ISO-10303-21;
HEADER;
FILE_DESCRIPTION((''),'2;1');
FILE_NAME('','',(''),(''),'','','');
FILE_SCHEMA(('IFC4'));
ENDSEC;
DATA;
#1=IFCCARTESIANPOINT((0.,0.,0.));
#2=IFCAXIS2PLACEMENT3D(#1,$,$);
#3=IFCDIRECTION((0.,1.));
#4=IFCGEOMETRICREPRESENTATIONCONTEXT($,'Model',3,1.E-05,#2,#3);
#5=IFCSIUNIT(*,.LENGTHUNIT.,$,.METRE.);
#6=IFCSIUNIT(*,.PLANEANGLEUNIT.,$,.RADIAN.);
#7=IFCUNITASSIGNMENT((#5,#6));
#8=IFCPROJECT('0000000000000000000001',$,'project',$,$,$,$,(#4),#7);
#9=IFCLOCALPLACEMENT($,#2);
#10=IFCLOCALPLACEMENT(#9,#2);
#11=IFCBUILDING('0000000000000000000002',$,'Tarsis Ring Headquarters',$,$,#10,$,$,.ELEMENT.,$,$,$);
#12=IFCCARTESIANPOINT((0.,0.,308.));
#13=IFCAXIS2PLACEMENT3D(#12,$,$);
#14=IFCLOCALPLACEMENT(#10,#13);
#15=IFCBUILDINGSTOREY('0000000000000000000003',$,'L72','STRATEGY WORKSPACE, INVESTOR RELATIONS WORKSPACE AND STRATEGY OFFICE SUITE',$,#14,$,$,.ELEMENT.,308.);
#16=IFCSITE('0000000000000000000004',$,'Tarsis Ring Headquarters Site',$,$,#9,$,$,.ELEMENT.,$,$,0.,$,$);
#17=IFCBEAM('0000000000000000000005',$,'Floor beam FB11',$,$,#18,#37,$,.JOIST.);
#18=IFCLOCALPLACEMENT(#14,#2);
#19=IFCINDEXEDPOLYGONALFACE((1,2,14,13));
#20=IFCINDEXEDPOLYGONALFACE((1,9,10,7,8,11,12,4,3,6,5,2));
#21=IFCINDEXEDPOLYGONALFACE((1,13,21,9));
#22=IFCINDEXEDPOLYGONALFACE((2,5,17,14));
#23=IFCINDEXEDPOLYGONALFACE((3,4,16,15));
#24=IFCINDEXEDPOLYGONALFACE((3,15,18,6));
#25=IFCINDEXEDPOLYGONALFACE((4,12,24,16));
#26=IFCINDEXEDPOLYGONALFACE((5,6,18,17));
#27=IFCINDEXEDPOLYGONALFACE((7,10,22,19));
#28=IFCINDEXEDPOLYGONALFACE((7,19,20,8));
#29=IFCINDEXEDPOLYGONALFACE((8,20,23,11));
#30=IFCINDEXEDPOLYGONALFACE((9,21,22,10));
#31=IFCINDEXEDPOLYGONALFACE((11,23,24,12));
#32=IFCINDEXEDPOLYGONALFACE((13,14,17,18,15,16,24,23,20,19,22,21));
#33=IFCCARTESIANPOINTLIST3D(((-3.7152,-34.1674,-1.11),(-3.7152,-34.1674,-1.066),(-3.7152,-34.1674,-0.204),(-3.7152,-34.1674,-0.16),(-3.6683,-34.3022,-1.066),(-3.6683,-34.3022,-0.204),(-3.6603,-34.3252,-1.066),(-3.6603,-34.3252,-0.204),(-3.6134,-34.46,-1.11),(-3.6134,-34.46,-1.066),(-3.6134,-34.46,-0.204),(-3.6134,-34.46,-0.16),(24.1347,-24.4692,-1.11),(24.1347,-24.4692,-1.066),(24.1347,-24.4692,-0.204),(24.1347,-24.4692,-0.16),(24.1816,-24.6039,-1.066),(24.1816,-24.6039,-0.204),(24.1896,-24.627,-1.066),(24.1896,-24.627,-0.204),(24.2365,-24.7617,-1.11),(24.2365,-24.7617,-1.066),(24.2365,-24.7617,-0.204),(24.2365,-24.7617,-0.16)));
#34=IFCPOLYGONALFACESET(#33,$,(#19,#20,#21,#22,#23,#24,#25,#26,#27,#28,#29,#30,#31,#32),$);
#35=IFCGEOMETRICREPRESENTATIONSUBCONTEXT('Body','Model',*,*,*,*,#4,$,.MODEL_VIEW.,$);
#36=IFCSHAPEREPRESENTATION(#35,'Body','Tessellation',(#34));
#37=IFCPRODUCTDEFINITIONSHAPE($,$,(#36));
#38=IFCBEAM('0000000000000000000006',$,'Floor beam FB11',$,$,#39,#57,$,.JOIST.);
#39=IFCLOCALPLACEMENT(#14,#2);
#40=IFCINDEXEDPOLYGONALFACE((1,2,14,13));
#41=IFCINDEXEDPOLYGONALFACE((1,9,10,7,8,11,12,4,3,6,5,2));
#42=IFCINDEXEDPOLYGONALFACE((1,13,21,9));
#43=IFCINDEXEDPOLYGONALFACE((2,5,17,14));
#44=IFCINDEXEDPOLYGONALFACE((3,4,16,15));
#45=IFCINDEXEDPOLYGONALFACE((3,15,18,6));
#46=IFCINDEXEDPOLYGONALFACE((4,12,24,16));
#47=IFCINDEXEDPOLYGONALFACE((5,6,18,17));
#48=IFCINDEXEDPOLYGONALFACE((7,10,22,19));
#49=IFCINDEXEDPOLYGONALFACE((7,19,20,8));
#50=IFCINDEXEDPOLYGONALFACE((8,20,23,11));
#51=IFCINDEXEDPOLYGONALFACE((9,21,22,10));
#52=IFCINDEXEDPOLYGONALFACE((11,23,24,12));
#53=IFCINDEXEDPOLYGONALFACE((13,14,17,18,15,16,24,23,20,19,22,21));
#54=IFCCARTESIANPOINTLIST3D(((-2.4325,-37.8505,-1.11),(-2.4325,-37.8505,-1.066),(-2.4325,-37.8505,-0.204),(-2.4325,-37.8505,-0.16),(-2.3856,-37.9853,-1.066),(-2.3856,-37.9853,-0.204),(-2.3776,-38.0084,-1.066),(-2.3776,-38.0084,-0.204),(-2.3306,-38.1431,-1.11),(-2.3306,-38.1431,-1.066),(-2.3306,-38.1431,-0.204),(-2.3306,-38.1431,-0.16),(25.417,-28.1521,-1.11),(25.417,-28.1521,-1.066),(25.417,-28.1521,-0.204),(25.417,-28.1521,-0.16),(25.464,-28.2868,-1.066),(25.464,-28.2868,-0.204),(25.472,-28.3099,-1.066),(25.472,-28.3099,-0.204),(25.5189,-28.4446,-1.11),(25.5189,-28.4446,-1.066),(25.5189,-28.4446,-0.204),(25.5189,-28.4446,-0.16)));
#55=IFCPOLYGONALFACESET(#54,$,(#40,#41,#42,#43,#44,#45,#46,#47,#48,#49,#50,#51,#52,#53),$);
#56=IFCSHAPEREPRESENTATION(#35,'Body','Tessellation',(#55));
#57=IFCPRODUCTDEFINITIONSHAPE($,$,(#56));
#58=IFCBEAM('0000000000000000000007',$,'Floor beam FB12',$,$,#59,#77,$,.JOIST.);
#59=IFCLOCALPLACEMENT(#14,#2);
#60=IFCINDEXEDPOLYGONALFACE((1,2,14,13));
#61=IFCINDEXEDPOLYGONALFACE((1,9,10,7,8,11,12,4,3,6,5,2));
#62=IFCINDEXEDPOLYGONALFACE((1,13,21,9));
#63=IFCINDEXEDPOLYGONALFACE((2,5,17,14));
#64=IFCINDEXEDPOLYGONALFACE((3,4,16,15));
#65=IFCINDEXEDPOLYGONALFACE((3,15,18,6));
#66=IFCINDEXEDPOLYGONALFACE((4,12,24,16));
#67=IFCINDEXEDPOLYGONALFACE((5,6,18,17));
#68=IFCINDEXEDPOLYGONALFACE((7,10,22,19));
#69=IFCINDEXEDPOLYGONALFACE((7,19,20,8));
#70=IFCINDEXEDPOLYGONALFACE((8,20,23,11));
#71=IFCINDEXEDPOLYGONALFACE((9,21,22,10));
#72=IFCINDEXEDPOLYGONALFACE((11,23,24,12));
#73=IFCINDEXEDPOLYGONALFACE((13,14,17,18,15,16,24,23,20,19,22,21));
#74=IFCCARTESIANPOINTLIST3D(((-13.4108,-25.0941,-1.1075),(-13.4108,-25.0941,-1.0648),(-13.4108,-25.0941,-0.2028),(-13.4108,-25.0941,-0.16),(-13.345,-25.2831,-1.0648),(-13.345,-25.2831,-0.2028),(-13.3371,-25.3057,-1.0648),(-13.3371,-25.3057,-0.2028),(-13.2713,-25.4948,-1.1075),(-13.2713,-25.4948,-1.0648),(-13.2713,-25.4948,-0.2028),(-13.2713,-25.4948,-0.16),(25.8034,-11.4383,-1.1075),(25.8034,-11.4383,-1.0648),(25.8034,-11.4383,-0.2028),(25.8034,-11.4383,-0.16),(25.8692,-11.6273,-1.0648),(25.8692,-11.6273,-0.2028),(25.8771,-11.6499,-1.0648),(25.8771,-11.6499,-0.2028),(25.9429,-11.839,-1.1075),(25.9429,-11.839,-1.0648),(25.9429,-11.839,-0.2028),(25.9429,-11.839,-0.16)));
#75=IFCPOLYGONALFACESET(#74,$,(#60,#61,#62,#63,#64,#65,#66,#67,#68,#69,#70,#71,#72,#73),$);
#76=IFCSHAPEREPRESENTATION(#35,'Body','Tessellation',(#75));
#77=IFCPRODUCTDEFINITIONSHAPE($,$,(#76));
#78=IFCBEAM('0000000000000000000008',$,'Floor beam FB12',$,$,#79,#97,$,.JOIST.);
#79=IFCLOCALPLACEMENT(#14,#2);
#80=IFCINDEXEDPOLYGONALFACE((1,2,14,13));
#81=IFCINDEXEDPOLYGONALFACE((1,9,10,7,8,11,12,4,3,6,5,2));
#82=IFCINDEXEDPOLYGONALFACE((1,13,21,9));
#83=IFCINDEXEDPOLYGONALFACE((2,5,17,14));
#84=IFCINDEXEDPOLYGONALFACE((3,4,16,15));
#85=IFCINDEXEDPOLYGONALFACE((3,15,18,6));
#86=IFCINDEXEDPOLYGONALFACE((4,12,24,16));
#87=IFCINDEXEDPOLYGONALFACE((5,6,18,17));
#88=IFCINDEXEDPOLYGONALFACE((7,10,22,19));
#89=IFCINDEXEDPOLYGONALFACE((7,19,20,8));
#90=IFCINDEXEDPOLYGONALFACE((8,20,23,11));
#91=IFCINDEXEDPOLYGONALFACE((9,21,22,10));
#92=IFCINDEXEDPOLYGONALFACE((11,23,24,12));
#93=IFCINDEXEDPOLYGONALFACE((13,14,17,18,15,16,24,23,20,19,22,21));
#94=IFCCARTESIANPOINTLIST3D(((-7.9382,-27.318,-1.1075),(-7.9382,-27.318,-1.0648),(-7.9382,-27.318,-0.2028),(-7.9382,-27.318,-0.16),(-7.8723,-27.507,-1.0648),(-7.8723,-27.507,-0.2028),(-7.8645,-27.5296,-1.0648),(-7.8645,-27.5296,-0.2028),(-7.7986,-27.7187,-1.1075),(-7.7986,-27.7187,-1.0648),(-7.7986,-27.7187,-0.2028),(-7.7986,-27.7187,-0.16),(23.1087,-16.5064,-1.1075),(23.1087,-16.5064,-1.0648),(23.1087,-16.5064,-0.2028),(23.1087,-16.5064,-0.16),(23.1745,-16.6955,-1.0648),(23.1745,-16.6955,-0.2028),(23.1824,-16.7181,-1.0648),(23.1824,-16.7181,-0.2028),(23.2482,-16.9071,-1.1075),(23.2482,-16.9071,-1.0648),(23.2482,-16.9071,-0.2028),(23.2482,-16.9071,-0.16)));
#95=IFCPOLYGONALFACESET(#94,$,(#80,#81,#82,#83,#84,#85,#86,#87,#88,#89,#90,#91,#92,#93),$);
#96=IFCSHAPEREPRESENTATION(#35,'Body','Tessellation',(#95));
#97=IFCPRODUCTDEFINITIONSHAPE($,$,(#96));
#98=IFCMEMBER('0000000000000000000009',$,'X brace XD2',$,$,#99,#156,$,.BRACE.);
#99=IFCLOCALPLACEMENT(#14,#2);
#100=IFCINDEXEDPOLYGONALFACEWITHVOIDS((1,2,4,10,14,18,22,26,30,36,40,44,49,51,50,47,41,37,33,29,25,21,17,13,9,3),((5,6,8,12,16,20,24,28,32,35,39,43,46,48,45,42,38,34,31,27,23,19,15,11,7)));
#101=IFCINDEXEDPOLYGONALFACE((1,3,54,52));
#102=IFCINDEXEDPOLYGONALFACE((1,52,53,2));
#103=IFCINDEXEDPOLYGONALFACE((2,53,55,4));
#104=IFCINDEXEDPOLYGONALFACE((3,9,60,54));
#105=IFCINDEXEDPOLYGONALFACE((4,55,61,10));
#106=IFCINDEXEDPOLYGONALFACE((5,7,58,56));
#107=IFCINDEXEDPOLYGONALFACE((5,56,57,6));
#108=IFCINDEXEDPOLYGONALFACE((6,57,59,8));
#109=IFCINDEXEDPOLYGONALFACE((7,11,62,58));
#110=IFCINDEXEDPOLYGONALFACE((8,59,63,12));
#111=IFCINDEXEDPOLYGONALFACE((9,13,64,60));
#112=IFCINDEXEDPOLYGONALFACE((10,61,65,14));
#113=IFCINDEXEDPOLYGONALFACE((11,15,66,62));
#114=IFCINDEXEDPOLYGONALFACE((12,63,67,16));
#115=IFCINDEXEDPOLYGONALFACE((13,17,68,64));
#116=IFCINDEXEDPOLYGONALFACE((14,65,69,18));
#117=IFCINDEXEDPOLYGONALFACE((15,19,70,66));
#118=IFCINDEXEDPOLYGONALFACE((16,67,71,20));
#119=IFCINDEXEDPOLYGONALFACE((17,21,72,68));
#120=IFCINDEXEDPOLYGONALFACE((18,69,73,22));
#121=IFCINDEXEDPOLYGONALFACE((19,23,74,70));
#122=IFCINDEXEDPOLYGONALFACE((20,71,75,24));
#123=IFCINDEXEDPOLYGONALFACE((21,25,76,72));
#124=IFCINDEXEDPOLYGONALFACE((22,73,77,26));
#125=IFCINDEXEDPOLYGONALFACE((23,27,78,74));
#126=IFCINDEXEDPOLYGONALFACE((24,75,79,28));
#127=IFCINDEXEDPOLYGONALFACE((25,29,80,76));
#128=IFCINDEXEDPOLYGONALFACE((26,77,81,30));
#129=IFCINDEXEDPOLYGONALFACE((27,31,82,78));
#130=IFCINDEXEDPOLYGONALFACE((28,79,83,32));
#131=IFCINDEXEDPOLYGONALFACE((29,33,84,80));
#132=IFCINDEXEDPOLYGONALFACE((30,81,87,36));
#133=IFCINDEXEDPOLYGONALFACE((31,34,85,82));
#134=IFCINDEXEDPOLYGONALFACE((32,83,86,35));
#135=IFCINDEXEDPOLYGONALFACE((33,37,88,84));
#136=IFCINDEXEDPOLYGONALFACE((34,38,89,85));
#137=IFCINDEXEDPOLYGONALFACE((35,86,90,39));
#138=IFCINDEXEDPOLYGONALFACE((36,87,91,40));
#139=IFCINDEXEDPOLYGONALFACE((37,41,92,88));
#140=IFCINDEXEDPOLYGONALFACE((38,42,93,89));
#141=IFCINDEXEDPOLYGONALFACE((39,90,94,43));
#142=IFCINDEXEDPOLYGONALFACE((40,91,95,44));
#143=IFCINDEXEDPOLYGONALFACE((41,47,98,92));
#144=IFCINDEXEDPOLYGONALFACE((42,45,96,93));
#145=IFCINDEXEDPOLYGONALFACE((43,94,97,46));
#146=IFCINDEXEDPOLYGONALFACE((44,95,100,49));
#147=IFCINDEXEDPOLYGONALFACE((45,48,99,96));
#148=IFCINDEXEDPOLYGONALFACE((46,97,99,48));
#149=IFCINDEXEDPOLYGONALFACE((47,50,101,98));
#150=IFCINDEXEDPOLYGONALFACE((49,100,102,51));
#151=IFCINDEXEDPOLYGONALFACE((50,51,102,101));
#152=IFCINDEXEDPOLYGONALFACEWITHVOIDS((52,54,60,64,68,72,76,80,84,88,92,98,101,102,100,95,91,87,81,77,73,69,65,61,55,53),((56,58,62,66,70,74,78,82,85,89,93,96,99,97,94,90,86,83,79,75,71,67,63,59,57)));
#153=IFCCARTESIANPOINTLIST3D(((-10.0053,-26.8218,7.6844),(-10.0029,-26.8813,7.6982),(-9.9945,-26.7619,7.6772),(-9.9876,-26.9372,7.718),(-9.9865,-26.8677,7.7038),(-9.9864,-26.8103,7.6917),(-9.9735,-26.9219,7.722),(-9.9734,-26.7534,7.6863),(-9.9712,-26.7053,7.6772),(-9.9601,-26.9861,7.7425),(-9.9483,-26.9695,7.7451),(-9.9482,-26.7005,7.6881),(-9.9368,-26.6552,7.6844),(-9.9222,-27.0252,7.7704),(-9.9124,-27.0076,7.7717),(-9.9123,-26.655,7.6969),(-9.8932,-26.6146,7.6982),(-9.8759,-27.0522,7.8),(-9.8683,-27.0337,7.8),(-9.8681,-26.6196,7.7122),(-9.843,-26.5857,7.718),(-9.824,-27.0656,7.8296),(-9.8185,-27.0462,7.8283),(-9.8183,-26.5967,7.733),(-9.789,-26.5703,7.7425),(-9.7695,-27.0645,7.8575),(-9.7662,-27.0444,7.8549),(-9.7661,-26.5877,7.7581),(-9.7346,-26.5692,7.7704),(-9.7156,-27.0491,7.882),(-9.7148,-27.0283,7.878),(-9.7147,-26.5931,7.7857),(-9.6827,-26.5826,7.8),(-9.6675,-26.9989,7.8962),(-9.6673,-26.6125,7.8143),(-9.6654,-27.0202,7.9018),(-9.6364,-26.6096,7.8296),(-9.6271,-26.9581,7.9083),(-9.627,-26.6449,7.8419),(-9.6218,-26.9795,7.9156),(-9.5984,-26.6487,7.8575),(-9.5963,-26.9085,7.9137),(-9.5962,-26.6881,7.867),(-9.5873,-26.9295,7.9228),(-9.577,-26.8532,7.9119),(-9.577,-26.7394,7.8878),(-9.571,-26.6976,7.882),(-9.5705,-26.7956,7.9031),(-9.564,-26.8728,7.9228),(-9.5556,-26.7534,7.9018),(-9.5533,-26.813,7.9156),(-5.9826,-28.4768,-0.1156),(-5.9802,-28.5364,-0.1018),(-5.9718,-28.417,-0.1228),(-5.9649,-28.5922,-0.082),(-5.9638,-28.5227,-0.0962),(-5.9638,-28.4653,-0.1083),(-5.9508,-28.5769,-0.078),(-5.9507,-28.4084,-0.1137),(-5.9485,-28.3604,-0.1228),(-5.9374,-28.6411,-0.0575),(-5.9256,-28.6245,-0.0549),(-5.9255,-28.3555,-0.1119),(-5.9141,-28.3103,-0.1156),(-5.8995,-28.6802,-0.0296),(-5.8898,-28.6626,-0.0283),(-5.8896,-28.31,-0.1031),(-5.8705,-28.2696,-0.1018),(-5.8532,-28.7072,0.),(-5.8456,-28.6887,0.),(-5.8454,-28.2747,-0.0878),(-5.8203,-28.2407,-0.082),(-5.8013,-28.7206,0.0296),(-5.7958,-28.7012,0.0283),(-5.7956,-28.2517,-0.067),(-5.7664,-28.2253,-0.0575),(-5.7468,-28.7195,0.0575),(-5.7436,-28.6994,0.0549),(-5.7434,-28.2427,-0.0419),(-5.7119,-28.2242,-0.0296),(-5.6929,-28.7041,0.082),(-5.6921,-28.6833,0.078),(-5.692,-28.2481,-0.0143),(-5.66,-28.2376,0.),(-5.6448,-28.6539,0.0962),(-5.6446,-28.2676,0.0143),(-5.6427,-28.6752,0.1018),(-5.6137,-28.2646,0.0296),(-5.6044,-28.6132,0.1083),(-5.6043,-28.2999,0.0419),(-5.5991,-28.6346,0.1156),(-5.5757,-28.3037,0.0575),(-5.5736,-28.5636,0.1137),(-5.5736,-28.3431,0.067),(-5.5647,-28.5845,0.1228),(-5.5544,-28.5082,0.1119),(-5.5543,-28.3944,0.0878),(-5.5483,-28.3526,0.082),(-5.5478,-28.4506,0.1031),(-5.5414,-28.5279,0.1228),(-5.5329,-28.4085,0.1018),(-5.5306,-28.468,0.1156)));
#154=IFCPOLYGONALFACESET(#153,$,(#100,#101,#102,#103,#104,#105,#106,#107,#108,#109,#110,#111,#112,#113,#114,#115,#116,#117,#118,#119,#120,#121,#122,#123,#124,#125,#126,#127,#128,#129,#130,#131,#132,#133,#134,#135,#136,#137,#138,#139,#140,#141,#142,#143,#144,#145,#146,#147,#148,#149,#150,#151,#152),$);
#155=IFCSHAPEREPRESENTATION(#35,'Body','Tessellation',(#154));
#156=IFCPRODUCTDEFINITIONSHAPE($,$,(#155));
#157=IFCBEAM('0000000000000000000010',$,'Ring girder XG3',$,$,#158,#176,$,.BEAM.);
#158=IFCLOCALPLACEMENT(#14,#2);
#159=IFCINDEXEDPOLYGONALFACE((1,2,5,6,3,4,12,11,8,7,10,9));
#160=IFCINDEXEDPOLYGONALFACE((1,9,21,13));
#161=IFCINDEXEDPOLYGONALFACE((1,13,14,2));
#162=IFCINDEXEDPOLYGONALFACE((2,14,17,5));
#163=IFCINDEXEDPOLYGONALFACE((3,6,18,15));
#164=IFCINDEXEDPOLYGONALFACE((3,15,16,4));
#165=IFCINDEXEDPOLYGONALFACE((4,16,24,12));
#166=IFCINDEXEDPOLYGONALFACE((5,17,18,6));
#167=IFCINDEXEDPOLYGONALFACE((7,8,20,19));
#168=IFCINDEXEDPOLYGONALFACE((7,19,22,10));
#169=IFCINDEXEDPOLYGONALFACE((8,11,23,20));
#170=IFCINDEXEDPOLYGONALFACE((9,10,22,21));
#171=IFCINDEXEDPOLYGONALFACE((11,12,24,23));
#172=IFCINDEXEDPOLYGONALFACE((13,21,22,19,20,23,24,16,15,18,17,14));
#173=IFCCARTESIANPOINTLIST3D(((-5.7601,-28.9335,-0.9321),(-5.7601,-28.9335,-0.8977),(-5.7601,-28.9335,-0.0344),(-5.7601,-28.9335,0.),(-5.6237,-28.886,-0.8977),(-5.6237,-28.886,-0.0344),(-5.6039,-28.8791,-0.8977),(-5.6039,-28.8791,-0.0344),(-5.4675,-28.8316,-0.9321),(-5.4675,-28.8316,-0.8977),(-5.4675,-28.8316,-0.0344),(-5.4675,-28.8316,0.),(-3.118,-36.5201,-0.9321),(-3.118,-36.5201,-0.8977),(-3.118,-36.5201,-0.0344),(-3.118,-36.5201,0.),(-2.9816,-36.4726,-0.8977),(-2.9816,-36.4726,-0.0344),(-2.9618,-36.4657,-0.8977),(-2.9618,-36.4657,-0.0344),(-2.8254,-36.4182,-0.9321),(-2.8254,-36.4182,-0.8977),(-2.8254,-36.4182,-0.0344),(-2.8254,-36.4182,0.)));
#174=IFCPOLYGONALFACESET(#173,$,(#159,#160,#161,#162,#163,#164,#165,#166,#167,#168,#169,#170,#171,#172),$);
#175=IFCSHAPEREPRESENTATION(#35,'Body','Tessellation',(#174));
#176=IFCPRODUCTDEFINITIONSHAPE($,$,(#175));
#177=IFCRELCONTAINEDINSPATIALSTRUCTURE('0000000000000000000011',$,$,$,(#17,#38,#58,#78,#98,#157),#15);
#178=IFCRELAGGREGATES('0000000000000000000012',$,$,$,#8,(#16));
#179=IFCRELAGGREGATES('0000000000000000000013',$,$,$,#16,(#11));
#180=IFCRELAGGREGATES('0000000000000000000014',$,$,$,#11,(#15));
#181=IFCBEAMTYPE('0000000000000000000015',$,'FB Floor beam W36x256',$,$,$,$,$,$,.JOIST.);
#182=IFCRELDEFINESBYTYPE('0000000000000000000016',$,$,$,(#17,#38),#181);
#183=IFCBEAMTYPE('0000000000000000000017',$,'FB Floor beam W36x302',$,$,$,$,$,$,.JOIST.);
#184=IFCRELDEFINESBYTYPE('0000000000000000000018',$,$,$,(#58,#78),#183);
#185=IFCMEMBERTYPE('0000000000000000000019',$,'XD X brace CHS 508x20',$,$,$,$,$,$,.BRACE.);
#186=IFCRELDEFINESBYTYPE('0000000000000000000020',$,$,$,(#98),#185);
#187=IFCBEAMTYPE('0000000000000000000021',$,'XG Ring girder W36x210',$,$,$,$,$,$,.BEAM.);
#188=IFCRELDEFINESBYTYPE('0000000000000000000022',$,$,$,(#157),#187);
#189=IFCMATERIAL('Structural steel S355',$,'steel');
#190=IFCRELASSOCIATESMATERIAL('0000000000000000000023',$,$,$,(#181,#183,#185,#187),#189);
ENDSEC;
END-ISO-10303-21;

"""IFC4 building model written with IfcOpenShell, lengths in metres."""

from ifc_helpers import new_model, si_unit, direction, frame, origin, origin_2d, place, context, subcontext, project, spatial, hollow_circle, i_section, extrude, material, material_profile, profile_set, type_object, element, save


model = new_model("IFC4")

# Units and contexts
model_context = context("Model", 3, precision=1e-05, world=origin(), true_north=direction((0.0, 1.0)))
body_context = subcontext(model_context, "Body", "Model", "MODEL_VIEW")
ifc_project = project(units=[si_unit("LENGTHUNIT", "METRE"), si_unit("PLANEANGLEUNIT", "RADIAN")], contexts=[model_context])

# Site, building, storey
site_placement = place(None, origin())
site = spatial("IfcSite", under=ifc_project, at=site_placement, Name="Tarsis Ring Headquarters Site", CompositionType="ELEMENT", RefElevation=0.0)
building_placement = place(site_placement, origin())
building = spatial("IfcBuilding", under=site, at=building_placement, Name="Tarsis Ring Headquarters", CompositionType="ELEMENT")
storey_placement = place(building_placement, frame((0.0, 0.0, 308.0)))
storey = spatial("IfcBuildingStorey", under=building, at=storey_placement, Name="L72", Description="STRATEGY WORKSPACE, INVESTOR RELATIONS WORKSPACE AND STRATEGY OFFICE SUITE", CompositionType="ELEMENT", Elevation=308.0)

# Shared definitions
ifc_material_1 = material(Name="Structural steel S355", Category="steel")

# Beams
ifc_material_profile_1 = material_profile(ifc_material_1, i_section(OverallWidth=0.3098, OverallDepth=0.95, WebThickness=0.0244, FlangeThickness=0.0439, at=origin_2d()), Name="W36x256")
ifc_profile_set_1 = profile_set([ifc_material_profile_1], Name="Structural steel S355")
beam_type_1 = type_object("IfcBeamType", Name="FB Floor beam W36x256", PredefinedType="JOIST", material=ifc_profile_set_1)
beam_1_placement = place(storey_placement, frame((-3.6643, -34.3137, -0.635), z_axis=(0.944377, 0.328864, 0.0), x_axis=(-0.328864, 0.944377, 0.0)))
element("IfcBeam", 1, at=beam_1_placement, inside=storey, type_object=beam_type_1, Name="Floor beam FB11", PredefinedType="JOIST", context=body_context, shape_type="SweptSolid", body=[
    extrude(i_section(OverallWidth=0.3098, OverallDepth=0.95, WebThickness=0.0244, FlangeThickness=0.0439, at=origin_2d()), origin(), (0.0, 0.0, 1.0), 29.4902),
])
beam_2_placement = place(storey_placement, frame((-2.3816, -37.9968, -0.635), z_axis=(0.944374, 0.328873, 0.0), x_axis=(-0.328873, 0.944374, 0.0)))
element("IfcBeam", 2, at=beam_2_placement, inside=storey, type_object=beam_type_1, Name="Floor beam FB11", PredefinedType="JOIST", context=body_context, shape_type="SweptSolid", body=[
    extrude(i_section(OverallWidth=0.3098, OverallDepth=0.95, WebThickness=0.0244, FlangeThickness=0.0439, at=origin_2d()), origin(), (0.0, 0.0, 1.0), 29.49),
])
ifc_material_profile_2 = material_profile(ifc_material_1, i_section(OverallWidth=0.4243, OverallDepth=0.9475, WebThickness=0.0239, FlangeThickness=0.0427, at=origin_2d()), Name="W36x302")
ifc_profile_set_2 = profile_set([ifc_material_profile_2], Name="Structural steel S355")
beam_type_2 = type_object("IfcBeamType", Name="FB Floor beam W36x302", PredefinedType="JOIST", material=ifc_profile_set_2)
beam_3_placement = place(storey_placement, frame((-13.3411, -25.2944, -0.6338), z_axis=(0.944377, 0.328866, 0.0), x_axis=(-0.328866, 0.944377, 0.0)))
element("IfcBeam", 3, at=beam_3_placement, inside=storey, type_object=beam_type_2, Name="Floor beam FB12", PredefinedType="JOIST", context=body_context, shape_type="SweptSolid", body=[
    extrude(i_section(OverallWidth=0.4243, OverallDepth=0.9475, WebThickness=0.0239, FlangeThickness=0.0427, at=origin_2d()), origin(), (0.0, 0.0, 1.0), 41.5239),
])
beam_4_placement = place(storey_placement, frame((-7.8684, -27.5183, -0.6338), z_axis=(0.944378, 0.328863, 0.0), x_axis=(-0.328863, 0.944378, 0.0)))
element("IfcBeam", 4, at=beam_4_placement, inside=storey, type_object=beam_type_2, Name="Floor beam FB12", PredefinedType="JOIST", context=body_context, shape_type="SweptSolid", body=[
    extrude(i_section(OverallWidth=0.4243, OverallDepth=0.9475, WebThickness=0.0239, FlangeThickness=0.0427, at=origin_2d()), origin(), (0.0, 0.0, 1.0), 32.8755),
])

# Member
ifc_material_profile_3 = material_profile(ifc_material_1, hollow_circle(Radius=0.2539, WallThickness=0.02, at=origin_2d()), Name="CHS 508x20")
ifc_profile_set_3 = profile_set([ifc_material_profile_3], Name="Structural steel S355")
member_type = type_object("IfcMemberType", Name="XD X brace CHS 508x20", PredefinedType="BRACE", material=ifc_profile_set_3)
member_placement = place(storey_placement, frame((-5.7566, -28.4724, 0.0), z_axis=(-0.450422, 0.185314, 0.873372), x_axis=(-0.380479, -0.92479, 0.0)))
element("IfcMember", 5, at=member_placement, inside=storey, type_object=member_type, Name="X brace XD2", PredefinedType="BRACE", context=body_context, shape_type="SweptSolid", body=[
    extrude(hollow_circle(Radius=0.2539, WallThickness=0.02, at=origin_2d()), origin(), (0.0, 0.0, 1.0), 8.9309),
])

# Beam
ifc_material_profile_4 = material_profile(ifc_material_1, i_section(OverallWidth=0.3098, OverallDepth=0.9321, WebThickness=0.021, FlangeThickness=0.0344, at=origin_2d()), Name="W36x210")
ifc_profile_set_4 = profile_set([ifc_material_profile_4], Name="Structural steel S355")
beam_type_3 = type_object("IfcBeamType", Name="XG Ring girder W36x210", PredefinedType="BEAM", material=ifc_profile_set_4)
beam_5_placement = place(storey_placement, frame((-5.6138, -28.8826, -0.4661), z_axis=(0.328881, -0.944371, 0.0), x_axis=(0.944371, 0.328881, 0.0)))
element("IfcBeam", 6, at=beam_5_placement, inside=storey, type_object=beam_type_3, Name="Ring girder XG3", PredefinedType="BEAM", context=body_context, shape_type="SweptSolid", body=[
    extrude(i_section(OverallWidth=0.3098, OverallDepth=0.9321, WebThickness=0.021, FlangeThickness=0.0344, at=origin_2d()), origin(), (0.0, 0.0, 1.0), 8.0334),
])

save(model, "model.ifc")
